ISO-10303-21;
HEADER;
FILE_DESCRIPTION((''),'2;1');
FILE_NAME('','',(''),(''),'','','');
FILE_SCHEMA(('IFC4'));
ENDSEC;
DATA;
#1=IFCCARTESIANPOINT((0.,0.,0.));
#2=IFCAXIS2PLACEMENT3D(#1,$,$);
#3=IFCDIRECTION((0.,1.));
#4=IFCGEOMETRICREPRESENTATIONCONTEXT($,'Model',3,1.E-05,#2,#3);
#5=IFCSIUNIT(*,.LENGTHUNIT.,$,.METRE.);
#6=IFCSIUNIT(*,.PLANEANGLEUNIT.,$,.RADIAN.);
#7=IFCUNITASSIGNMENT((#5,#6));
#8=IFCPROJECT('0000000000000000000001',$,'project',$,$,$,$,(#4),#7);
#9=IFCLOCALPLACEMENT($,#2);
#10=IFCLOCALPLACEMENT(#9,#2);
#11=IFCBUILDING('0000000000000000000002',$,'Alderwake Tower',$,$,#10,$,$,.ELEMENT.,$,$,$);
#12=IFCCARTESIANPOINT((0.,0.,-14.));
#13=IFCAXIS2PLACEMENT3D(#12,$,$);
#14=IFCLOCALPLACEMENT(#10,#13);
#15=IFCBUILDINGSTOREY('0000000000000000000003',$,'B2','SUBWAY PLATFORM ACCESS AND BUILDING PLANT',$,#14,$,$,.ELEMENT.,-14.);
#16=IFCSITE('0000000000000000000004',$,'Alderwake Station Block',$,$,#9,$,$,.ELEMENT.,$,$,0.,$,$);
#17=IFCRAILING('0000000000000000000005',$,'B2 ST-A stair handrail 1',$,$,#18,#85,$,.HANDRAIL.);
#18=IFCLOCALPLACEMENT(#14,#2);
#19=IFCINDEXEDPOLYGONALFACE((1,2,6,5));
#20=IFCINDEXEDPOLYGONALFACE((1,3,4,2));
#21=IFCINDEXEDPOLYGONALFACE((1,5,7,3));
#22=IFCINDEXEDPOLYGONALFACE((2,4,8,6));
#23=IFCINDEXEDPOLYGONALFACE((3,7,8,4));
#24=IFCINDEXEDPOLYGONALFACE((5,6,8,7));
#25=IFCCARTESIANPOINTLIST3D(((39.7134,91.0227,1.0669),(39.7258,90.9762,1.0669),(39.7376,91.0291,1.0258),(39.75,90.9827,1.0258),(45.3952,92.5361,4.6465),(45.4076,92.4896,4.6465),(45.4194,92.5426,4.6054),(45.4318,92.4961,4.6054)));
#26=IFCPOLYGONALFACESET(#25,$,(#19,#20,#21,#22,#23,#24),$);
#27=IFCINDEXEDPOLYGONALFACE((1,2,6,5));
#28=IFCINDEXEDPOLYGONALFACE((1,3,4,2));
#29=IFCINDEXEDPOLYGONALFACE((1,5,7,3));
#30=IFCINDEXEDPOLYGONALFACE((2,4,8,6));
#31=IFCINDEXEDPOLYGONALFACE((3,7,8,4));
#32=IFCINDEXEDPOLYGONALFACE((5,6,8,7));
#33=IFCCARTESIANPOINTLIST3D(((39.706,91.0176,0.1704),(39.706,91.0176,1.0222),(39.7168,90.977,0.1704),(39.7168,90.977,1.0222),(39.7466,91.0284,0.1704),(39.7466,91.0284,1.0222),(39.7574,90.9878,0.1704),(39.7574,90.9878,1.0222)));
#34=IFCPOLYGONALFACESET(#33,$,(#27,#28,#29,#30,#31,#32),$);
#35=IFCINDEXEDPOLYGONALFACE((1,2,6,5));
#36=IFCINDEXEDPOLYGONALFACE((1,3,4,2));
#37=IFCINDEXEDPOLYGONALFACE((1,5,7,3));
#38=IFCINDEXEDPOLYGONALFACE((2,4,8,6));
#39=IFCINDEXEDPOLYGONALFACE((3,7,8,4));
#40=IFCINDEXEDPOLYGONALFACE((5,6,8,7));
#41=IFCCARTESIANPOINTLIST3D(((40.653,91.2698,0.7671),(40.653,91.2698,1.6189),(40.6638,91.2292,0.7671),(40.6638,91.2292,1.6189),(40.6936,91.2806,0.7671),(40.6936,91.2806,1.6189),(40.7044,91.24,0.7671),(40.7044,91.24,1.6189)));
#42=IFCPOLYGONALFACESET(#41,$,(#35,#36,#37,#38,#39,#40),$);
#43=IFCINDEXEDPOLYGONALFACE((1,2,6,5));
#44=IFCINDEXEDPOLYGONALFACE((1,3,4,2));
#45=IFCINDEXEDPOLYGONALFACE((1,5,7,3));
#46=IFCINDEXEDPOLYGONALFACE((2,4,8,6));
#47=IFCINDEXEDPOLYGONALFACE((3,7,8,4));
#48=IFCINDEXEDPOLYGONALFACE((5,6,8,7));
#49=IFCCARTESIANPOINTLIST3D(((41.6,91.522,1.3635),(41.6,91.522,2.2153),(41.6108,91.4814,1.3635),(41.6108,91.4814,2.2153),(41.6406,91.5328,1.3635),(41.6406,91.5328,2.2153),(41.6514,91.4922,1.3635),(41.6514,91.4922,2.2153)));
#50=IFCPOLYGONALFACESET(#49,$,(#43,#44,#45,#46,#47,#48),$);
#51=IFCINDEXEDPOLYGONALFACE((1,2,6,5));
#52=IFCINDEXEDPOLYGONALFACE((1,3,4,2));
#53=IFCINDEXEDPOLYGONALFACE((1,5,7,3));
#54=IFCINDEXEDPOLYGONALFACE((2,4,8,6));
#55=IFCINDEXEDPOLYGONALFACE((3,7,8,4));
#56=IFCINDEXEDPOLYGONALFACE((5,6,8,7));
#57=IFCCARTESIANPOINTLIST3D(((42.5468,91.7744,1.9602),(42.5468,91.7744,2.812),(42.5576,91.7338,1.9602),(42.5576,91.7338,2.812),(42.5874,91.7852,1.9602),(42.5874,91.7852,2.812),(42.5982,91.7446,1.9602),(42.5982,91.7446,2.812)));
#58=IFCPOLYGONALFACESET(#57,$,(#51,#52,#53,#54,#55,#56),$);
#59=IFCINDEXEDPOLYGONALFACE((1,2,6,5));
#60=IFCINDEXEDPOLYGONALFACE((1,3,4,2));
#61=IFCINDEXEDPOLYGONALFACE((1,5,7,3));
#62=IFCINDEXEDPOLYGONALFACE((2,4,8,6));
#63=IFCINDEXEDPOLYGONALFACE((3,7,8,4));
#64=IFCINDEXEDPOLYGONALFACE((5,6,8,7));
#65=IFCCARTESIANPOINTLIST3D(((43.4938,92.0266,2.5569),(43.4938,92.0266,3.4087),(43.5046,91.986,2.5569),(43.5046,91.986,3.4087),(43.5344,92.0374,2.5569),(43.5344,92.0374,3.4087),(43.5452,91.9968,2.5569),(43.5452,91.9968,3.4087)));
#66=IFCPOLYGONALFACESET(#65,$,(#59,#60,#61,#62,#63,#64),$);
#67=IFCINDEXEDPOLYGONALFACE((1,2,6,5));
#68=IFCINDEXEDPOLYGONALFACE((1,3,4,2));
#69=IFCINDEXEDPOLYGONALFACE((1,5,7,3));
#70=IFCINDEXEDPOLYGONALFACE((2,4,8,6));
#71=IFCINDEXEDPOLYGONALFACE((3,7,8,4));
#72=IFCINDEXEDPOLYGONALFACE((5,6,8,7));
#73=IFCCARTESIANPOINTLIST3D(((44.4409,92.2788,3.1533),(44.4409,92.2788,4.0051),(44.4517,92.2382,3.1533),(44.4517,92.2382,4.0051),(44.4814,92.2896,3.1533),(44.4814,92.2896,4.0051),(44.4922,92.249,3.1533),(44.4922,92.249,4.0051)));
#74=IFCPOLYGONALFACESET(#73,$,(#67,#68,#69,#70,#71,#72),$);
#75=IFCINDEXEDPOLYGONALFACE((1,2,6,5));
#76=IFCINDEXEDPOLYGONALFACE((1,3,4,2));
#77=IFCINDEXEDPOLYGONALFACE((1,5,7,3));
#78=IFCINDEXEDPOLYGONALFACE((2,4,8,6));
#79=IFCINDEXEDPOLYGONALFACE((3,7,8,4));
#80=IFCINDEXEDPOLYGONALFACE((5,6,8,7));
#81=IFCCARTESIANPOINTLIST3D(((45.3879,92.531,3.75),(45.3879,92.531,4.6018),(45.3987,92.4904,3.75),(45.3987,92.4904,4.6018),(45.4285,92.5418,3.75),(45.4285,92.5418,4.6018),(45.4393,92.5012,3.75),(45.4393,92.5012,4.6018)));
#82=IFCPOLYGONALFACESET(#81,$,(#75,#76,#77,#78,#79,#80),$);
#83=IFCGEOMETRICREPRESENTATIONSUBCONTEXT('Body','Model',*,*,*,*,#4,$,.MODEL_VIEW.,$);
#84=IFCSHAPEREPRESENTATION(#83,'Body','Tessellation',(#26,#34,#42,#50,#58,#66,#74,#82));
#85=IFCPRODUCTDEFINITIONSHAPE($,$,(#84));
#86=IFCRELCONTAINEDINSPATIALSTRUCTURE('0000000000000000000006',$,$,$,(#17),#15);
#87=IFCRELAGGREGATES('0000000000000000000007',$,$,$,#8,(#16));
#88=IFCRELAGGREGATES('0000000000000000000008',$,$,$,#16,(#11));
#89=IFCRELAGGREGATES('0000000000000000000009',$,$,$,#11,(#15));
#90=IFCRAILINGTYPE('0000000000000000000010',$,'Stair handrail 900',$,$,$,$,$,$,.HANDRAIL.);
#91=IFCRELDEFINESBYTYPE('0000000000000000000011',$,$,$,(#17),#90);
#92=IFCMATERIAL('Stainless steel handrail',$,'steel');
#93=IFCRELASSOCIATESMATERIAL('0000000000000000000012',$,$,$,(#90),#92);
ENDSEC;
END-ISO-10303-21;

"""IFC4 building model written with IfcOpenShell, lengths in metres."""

from ifc_helpers import new_model, si_unit, direction, frame, origin, origin_2d, place, context, subcontext, project, spatial, rectangle, extrude, material, type_object, element, save


model = new_model("IFC4")

# Units and contexts
model_context = context("Model", 3, precision=1e-05, world=origin(), true_north=direction((0.0, 1.0)))
body_context = subcontext(model_context, "Body", "Model", "MODEL_VIEW")
ifc_project = project(units=[si_unit("LENGTHUNIT", "METRE"), si_unit("PLANEANGLEUNIT", "RADIAN")], contexts=[model_context])

# Site, building, storey
site_placement = place(None, origin())
site = spatial("IfcSite", under=ifc_project, at=site_placement, Name="Alderwake Station Block", CompositionType="ELEMENT", RefElevation=0.0)
building_placement = place(site_placement, origin())
building = spatial("IfcBuilding", under=site, at=building_placement, Name="Alderwake Tower", CompositionType="ELEMENT")
storey_placement = place(building_placement, frame((0.0, 0.0, -14.0)))
storey = spatial("IfcBuildingStorey", under=building, at=storey_placement, Name="B2", Description="SUBWAY PLATFORM ACCESS AND BUILDING PLANT", CompositionType="ELEMENT", Elevation=-14.0)

# Railing
ifc_material_1 = material(Name="Stainless steel handrail", Category="steel")
railing_type_1 = type_object("IfcRailingType", Name="Stair handrail 900", PredefinedType="HANDRAIL", material=ifc_material_1)
railing_1_placement = place(storey_placement, frame((39.7317, 91.0027, 0.1704)))
element("IfcRailing", 1, at=railing_1_placement, inside=storey, type_object=railing_type_1, Name="B2 ST-A stair handrail 1", PredefinedType="HANDRAIL", context=body_context, shape_type="SweptSolid", body=[
    extrude(rectangle(XDim=0.0481, YDim=0.0481, at=origin_2d()), frame((0.0, 0.0, 0.876), z_axis=(0.82539, 0.219851, 0.519996), x_axis=(-0.257386, 0.966309, 0.0)), (0.0, 0.0, 1.0), 6.8838),
    extrude(rectangle(XDim=0.042, YDim=0.042, at=origin_2d()), frame((0.0, 0.0, 0.0), z_axis=(0.0, 0.0, 1.0), x_axis=(0.966309, 0.257386, 0.0)), (0.0, 0.0, 1.0), 0.8518),
    extrude(rectangle(XDim=0.042, YDim=0.042, at=origin_2d()), frame((0.947, 0.2522, 0.5967), z_axis=(0.0, 0.0, 1.0), x_axis=(0.966309, 0.257386, 0.0)), (0.0, 0.0, 1.0), 0.8518),
    extrude(rectangle(XDim=0.042, YDim=0.042, at=origin_2d()), frame((1.894, 0.5044, 1.1931), z_axis=(0.0, 0.0, 1.0), x_axis=(0.966309, 0.257386, 0.0)), (0.0, 0.0, 1.0), 0.8518),
    extrude(rectangle(XDim=0.042, YDim=0.042, at=origin_2d()), frame((2.8408, 0.7568, 1.7898), z_axis=(0.0, 0.0, 1.0), x_axis=(0.966309, 0.257386, 0.0)), (0.0, 0.0, 1.0), 0.8518),
    extrude(rectangle(XDim=0.042, YDim=0.042, at=origin_2d()), frame((3.7878, 1.009, 2.3865), z_axis=(0.0, 0.0, 1.0), x_axis=(0.966309, 0.257386, 0.0)), (0.0, 0.0, 1.0), 0.8518),
    extrude(rectangle(XDim=0.042, YDim=0.042, at=origin_2d()), frame((4.7349, 1.2612, 2.9829), z_axis=(0.0, 0.0, 1.0), x_axis=(0.966309, 0.257386, 0.0)), (0.0, 0.0, 1.0), 0.8518),
    extrude(rectangle(XDim=0.042, YDim=0.042, at=origin_2d()), frame((5.6819, 1.5134, 3.5796), z_axis=(0.0, 0.0, 1.0), x_axis=(0.966309, 0.257386, 0.0)), (0.0, 0.0, 1.0), 0.8518),
])

save(model, "model.ifc")
